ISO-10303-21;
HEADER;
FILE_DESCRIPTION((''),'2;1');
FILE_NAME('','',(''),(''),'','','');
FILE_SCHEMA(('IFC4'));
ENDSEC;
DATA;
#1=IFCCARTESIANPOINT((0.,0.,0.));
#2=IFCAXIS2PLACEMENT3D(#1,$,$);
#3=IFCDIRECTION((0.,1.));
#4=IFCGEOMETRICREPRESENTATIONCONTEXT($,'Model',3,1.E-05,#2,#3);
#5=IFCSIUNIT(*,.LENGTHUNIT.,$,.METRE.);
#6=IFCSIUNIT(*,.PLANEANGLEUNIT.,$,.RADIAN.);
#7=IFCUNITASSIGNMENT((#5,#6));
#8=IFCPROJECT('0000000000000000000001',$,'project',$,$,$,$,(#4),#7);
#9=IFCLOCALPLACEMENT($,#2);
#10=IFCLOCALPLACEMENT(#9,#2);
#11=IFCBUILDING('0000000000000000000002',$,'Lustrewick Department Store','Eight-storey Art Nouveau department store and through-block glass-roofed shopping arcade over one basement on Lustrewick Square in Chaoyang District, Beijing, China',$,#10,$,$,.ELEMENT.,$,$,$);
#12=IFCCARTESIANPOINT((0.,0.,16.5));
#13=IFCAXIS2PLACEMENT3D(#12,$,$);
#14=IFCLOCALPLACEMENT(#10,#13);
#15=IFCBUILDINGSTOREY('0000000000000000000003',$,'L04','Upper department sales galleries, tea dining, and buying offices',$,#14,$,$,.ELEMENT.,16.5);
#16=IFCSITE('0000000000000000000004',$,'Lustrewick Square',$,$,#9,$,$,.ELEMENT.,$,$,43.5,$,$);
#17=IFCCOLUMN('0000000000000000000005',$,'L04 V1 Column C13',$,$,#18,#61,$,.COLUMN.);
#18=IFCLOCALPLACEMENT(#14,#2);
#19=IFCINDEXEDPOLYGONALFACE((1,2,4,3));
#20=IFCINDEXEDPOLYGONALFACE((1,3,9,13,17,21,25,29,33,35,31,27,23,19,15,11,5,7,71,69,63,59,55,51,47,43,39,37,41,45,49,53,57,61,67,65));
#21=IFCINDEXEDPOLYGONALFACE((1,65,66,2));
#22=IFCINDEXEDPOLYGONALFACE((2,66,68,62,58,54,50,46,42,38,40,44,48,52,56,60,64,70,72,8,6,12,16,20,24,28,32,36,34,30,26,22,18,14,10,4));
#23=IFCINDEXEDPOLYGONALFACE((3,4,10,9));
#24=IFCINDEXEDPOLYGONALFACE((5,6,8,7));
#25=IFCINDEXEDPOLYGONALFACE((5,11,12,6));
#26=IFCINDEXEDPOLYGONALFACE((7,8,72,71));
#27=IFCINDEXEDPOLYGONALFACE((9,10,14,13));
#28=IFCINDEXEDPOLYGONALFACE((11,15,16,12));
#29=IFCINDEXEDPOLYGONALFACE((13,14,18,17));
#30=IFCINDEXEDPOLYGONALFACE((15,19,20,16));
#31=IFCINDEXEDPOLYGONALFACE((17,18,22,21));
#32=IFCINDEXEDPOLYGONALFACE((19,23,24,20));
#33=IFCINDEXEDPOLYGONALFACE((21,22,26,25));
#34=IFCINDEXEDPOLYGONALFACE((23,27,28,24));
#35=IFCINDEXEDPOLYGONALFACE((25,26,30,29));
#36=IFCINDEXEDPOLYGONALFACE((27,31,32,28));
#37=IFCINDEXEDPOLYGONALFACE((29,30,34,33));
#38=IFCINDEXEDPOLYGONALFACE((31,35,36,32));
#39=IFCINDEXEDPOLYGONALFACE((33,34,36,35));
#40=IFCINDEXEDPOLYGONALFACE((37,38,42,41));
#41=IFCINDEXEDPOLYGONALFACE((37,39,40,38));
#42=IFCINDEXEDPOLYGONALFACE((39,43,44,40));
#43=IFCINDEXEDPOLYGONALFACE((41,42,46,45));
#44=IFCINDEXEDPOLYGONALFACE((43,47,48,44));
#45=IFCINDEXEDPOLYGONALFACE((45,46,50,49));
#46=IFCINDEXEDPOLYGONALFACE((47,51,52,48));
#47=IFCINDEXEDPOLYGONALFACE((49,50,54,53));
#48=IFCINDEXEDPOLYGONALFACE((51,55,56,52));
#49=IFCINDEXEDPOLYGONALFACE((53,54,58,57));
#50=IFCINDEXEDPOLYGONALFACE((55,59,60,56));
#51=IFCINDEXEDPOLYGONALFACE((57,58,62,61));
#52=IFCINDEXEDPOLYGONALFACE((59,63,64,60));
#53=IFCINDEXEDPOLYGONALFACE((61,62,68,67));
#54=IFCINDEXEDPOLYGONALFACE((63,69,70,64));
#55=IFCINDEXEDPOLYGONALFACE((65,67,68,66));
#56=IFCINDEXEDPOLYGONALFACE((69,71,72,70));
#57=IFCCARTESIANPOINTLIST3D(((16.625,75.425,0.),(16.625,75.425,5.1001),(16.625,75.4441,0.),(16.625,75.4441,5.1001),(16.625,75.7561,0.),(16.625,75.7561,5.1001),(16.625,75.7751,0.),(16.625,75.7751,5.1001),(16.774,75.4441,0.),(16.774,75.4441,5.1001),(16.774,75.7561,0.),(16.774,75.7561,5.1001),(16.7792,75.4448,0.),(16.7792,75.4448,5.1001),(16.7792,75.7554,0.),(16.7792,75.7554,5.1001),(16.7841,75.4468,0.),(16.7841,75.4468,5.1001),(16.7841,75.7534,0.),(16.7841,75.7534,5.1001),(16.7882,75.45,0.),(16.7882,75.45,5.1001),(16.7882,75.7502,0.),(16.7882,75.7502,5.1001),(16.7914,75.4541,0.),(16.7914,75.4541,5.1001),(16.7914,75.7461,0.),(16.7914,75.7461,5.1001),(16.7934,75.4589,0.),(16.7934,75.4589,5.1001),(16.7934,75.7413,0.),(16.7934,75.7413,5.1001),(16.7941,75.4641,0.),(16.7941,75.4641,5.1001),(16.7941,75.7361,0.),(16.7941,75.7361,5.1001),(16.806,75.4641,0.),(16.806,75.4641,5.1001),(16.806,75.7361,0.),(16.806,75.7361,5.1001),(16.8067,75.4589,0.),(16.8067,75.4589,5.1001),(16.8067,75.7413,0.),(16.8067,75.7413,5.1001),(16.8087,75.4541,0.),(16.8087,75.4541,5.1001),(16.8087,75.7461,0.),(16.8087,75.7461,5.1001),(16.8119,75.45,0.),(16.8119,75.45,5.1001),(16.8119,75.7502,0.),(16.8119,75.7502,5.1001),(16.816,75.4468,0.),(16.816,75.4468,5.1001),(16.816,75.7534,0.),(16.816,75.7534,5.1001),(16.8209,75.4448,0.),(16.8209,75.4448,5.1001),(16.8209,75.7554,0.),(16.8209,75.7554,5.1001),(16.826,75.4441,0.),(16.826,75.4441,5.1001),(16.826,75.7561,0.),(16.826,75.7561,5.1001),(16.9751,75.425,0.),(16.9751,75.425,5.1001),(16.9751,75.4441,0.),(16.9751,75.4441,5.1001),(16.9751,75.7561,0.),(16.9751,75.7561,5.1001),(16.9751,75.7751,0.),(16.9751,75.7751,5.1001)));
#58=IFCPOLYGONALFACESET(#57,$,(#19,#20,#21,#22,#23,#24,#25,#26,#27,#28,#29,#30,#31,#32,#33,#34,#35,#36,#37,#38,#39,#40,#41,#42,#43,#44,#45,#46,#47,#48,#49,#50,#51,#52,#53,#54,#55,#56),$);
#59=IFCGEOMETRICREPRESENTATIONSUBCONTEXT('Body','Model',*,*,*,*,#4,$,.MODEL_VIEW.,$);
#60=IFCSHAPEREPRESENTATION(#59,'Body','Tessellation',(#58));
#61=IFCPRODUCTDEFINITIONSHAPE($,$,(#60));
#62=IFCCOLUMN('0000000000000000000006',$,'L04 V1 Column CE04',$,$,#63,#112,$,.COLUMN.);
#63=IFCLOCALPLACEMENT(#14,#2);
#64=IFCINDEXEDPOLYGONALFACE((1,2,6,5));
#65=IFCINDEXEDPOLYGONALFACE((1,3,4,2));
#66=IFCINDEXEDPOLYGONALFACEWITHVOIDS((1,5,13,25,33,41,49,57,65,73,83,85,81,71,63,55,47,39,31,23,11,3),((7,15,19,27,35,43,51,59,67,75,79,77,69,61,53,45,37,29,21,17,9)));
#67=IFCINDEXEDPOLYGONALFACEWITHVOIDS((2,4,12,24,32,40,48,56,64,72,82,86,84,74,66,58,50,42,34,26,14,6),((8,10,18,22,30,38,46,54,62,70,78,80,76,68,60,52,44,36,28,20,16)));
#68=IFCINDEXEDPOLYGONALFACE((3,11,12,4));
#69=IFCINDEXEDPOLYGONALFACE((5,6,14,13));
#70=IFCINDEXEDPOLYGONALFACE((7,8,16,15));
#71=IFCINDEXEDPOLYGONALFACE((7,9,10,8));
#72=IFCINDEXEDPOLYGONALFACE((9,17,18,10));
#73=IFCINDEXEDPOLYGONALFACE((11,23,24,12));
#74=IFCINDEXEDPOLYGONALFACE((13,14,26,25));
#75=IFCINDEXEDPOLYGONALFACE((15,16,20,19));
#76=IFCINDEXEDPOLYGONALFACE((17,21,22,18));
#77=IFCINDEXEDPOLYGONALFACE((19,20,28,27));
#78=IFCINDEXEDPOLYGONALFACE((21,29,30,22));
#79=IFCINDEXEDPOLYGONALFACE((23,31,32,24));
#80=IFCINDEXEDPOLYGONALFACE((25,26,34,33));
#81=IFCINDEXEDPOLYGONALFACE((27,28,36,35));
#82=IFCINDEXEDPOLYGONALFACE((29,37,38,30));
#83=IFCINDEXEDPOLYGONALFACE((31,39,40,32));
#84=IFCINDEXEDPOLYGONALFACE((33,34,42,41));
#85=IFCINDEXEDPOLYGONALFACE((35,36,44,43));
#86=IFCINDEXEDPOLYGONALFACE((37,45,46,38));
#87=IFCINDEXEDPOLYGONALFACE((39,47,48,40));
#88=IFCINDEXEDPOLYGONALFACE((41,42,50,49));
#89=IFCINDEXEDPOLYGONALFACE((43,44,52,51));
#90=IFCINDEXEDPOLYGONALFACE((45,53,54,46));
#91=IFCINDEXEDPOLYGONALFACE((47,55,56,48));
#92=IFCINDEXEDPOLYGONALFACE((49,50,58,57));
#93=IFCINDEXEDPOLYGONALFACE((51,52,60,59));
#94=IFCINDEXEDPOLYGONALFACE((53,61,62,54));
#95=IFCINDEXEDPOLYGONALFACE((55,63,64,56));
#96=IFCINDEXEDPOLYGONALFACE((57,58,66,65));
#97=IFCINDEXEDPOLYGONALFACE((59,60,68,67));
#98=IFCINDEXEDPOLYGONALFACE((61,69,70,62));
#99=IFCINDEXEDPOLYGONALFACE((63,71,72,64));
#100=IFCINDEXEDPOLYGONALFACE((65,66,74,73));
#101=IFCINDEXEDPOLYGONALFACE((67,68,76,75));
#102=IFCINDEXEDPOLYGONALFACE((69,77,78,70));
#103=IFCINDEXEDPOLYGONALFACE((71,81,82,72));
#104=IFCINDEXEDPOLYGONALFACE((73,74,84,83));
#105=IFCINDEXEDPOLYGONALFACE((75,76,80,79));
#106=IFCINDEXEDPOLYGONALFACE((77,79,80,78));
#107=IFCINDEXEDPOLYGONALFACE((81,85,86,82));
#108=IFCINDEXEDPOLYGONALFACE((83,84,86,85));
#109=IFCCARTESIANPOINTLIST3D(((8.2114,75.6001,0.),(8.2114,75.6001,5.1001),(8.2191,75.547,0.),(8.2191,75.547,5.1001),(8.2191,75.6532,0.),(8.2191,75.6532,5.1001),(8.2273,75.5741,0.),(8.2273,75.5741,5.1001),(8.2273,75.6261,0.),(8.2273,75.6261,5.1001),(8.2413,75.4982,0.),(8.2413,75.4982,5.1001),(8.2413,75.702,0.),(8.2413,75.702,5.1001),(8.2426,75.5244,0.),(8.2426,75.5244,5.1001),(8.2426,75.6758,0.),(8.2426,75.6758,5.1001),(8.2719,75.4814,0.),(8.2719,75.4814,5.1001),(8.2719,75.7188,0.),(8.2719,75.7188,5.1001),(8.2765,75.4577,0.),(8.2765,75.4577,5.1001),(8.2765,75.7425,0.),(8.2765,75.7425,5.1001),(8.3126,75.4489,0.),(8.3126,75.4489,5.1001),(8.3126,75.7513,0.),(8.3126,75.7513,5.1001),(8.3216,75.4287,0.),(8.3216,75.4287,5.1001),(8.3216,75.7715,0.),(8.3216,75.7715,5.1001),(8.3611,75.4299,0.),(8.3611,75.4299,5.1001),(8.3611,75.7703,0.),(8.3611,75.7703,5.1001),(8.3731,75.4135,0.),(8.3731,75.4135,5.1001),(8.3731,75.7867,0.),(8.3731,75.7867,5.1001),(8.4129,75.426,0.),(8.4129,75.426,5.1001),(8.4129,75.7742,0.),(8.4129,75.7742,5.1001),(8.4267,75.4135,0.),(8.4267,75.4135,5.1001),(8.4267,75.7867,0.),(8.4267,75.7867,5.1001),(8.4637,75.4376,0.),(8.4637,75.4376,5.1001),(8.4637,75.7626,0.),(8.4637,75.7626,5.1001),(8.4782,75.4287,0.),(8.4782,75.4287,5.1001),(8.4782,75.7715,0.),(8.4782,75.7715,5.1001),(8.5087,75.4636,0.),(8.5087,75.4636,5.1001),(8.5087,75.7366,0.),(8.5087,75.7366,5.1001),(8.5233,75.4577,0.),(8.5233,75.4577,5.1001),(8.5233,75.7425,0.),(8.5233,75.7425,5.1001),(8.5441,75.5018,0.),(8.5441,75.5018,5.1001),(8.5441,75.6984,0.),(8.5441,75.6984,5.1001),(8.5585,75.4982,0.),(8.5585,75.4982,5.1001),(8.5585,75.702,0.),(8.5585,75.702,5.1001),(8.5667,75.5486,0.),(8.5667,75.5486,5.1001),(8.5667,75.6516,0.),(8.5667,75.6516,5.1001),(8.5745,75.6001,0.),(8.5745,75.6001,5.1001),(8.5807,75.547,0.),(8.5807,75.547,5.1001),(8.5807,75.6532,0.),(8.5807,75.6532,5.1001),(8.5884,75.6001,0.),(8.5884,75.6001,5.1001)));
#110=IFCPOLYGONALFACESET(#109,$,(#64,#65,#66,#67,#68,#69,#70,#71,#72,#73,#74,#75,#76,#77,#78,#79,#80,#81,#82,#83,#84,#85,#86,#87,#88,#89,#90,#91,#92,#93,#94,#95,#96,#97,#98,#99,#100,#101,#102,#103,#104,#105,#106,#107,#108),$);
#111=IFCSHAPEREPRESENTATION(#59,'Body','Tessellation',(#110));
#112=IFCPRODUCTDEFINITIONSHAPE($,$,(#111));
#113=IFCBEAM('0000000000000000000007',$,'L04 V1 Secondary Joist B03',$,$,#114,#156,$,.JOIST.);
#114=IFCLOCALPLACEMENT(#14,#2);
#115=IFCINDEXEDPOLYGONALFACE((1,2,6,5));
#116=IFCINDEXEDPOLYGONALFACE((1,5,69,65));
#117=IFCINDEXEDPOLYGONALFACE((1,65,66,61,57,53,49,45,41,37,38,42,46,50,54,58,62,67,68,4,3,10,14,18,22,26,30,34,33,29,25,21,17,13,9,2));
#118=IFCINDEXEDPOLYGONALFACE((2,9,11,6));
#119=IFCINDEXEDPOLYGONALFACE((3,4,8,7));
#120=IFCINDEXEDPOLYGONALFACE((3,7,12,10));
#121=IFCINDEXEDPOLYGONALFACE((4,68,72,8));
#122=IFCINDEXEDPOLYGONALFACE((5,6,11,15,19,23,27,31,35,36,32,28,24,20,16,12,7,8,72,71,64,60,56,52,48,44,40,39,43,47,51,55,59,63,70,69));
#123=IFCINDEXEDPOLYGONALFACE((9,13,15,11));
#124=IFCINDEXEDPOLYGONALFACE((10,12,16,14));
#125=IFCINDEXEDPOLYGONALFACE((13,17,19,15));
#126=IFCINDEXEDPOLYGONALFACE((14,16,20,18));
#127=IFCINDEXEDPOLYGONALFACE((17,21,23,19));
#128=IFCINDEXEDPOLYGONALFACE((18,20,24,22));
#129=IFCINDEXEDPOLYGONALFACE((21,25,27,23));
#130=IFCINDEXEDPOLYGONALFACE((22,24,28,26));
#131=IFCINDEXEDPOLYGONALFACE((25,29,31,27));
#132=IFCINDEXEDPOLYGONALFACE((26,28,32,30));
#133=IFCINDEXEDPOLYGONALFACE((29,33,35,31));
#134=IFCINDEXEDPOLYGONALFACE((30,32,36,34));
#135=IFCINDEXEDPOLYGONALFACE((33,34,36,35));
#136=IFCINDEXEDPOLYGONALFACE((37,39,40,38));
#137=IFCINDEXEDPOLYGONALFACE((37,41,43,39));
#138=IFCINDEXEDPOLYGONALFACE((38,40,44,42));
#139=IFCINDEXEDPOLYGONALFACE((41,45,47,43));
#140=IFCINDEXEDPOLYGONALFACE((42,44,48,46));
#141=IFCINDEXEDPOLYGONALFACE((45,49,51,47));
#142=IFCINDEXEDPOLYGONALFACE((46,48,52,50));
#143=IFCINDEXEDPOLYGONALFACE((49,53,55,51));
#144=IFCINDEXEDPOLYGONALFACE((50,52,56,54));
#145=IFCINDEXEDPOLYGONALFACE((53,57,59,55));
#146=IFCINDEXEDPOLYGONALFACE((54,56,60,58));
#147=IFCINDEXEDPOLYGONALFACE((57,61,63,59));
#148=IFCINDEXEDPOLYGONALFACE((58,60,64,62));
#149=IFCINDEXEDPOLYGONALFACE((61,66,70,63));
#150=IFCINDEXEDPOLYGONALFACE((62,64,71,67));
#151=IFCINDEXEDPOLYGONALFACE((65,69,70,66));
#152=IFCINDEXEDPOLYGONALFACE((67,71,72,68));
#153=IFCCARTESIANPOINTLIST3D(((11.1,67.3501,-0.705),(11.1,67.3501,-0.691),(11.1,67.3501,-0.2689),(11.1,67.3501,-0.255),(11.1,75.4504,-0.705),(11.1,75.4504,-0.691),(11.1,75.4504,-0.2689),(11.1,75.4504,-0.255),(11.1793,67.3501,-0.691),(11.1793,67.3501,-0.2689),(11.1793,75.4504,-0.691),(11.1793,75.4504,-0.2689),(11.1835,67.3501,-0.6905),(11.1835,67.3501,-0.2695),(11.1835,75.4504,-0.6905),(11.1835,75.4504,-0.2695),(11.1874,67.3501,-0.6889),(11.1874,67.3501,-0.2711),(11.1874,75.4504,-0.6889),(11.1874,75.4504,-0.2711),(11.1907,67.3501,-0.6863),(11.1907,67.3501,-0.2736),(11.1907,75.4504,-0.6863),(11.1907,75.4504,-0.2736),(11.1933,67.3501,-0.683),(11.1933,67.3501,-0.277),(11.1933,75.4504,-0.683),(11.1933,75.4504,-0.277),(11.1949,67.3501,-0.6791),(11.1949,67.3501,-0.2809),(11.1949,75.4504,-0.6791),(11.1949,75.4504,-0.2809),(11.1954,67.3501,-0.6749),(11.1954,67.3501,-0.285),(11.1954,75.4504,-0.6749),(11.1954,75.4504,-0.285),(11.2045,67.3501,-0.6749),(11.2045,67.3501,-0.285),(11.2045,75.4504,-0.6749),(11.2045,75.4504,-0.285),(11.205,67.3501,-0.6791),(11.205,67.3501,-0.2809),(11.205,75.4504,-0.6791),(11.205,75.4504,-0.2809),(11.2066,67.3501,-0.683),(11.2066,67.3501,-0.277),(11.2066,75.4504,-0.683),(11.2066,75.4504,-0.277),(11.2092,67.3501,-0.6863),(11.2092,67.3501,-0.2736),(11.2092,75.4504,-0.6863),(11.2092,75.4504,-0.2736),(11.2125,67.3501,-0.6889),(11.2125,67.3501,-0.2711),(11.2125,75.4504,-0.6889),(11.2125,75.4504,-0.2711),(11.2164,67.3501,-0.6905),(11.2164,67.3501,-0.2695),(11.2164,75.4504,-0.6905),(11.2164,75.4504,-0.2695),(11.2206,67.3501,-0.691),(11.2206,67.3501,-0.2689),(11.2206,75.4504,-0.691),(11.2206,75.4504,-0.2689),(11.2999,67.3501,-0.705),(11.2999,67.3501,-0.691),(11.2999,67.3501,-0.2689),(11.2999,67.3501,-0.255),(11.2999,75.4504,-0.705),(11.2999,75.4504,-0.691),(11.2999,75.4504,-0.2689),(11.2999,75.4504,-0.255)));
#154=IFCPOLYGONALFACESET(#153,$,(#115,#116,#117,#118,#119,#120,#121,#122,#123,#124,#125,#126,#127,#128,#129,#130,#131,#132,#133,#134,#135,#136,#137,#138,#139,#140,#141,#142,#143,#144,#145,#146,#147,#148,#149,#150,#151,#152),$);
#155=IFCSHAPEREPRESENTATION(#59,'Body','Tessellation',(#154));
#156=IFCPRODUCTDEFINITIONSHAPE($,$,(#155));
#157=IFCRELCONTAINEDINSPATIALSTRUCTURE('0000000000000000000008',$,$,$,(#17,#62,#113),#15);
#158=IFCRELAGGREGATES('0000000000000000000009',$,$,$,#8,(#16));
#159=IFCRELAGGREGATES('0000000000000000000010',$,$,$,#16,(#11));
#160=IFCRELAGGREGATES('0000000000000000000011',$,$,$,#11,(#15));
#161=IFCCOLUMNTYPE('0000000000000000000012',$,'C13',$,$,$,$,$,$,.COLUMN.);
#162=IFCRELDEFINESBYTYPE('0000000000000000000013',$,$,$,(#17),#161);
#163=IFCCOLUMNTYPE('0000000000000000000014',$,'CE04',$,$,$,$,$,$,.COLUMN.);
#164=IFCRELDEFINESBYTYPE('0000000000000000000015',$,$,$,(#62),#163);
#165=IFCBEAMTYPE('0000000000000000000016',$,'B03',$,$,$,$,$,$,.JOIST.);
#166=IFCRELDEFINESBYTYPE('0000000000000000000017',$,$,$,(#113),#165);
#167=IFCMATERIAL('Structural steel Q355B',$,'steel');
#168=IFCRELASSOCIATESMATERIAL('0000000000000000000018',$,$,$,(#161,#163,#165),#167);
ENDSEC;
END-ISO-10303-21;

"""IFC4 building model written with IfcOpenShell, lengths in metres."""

from ifc_helpers import new_model, si_unit, direction, frame, origin, origin_2d, place, context, subcontext, project, spatial, hollow_circle, i_section, extrude, material, material_profile, profile_set, type_object, element, save


model = new_model("IFC4")

# Units and contexts
model_context = context("Model", 3, precision=1e-05, world=origin(), true_north=direction((0.0, 1.0)))
body_context = subcontext(model_context, "Body", "Model", "MODEL_VIEW")
ifc_project = project(units=[si_unit("LENGTHUNIT", "METRE"), si_unit("PLANEANGLEUNIT", "RADIAN")], contexts=[model_context])

# Site, building, storey
site_placement = place(None, origin())
site = spatial("IfcSite", under=ifc_project, at=site_placement, Name="Lustrewick Square", CompositionType="ELEMENT", RefElevation=43.5)
building_placement = place(site_placement, origin())
building = spatial("IfcBuilding", under=site, at=building_placement, Name="Lustrewick Department Store", Description="Eight-storey Art Nouveau department store and through-block glass-roofed shopping arcade over one basement on Lustrewick Square in Chaoyang District, Beijing, China", CompositionType="ELEMENT")
storey_placement = place(building_placement, frame((0.0, 0.0, 16.5)))
storey = spatial("IfcBuildingStorey", under=building, at=storey_placement, Name="L04", Description="Upper department sales galleries, tea dining, and buying offices", CompositionType="ELEMENT", Elevation=16.5)

# Columns
ifc_material_1 = material(Name="Structural steel Q355B", Category="steel")
ifc_material_profile_1 = material_profile(ifc_material_1, i_section(OverallWidth=0.3501, OverallDepth=0.3501, WebThickness=0.012, FlangeThickness=0.019, FilletRadius=0.02, at=origin_2d()), Name="HW 350x350x12x19")
ifc_profile_set_1 = profile_set([ifc_material_profile_1], Name="Structural steel Q355B")
column_type_1 = type_object("IfcColumnType", Name="C13", PredefinedType="COLUMN", material=ifc_profile_set_1)
column_1_placement = place(storey_placement, frame((16.8, 75.6001, 0.0), z_axis=(0.0, 0.0, 1.0), x_axis=(1.0, 0.0, 0.0)))
element("IfcColumn", 1, at=column_1_placement, inside=storey, type_object=column_type_1, Name="L04 V1 Column C13", PredefinedType="COLUMN", context=body_context, shape_type="SweptSolid", body=[
    extrude(i_section(OverallWidth=0.3501, OverallDepth=0.3501, WebThickness=0.012, FlangeThickness=0.019, FilletRadius=0.02, at=origin_2d()), origin(), (0.0, 0.0, 1.0), 5.1001),
])
ifc_material_profile_2 = material_profile(ifc_material_1, hollow_circle(Radius=0.1885, WallThickness=0.0139, at=origin_2d()), Name="CHS 377x14")
ifc_profile_set_2 = profile_set([ifc_material_profile_2], Name="Structural steel Q355B")
column_type_2 = type_object("IfcColumnType", Name="CE04", PredefinedType="COLUMN", material=ifc_profile_set_2)
column_2_placement = place(storey_placement, frame((8.3999, 75.6001, 0.0), z_axis=(0.0, 0.0, 1.0), x_axis=(1.0, 0.0, 0.0)))
element("IfcColumn", 2, at=column_2_placement, inside=storey, type_object=column_type_2, Name="L04 V1 Column CE04", PredefinedType="COLUMN", context=body_context, shape_type="SweptSolid", body=[
    extrude(hollow_circle(Radius=0.1885, WallThickness=0.0139, at=origin_2d()), origin(), (0.0, 0.0, 1.0), 5.1001),
])

# Beam
ifc_material_profile_3 = material_profile(ifc_material_1, i_section(OverallWidth=0.2, OverallDepth=0.45, WebThickness=0.009, FlangeThickness=0.0139, FilletRadius=0.0161, at=origin_2d()), Name="HN 450x200x9x14")
ifc_profile_set_3 = profile_set([ifc_material_profile_3], Name="Structural steel Q355B")
beam_type_1 = type_object("IfcBeamType", Name="B03", PredefinedType="JOIST", material=ifc_profile_set_3)
beam_1_placement = place(storey_placement, frame((11.2, 67.3501, -0.48), z_axis=(0.0, 1.0, 0.0), x_axis=(-1.0, 0.0, 0.0)))
element("IfcBeam", 3, at=beam_1_placement, inside=storey, type_object=beam_type_1, Name="L04 V1 Secondary Joist B03", PredefinedType="JOIST", context=body_context, shape_type="SweptSolid", body=[
    extrude(i_section(OverallWidth=0.2, OverallDepth=0.45, WebThickness=0.009, FlangeThickness=0.0139, FilletRadius=0.0161, at=origin_2d()), origin(), (0.0, 0.0, 1.0), 8.1003),
])

save(model, "model.ifc")
